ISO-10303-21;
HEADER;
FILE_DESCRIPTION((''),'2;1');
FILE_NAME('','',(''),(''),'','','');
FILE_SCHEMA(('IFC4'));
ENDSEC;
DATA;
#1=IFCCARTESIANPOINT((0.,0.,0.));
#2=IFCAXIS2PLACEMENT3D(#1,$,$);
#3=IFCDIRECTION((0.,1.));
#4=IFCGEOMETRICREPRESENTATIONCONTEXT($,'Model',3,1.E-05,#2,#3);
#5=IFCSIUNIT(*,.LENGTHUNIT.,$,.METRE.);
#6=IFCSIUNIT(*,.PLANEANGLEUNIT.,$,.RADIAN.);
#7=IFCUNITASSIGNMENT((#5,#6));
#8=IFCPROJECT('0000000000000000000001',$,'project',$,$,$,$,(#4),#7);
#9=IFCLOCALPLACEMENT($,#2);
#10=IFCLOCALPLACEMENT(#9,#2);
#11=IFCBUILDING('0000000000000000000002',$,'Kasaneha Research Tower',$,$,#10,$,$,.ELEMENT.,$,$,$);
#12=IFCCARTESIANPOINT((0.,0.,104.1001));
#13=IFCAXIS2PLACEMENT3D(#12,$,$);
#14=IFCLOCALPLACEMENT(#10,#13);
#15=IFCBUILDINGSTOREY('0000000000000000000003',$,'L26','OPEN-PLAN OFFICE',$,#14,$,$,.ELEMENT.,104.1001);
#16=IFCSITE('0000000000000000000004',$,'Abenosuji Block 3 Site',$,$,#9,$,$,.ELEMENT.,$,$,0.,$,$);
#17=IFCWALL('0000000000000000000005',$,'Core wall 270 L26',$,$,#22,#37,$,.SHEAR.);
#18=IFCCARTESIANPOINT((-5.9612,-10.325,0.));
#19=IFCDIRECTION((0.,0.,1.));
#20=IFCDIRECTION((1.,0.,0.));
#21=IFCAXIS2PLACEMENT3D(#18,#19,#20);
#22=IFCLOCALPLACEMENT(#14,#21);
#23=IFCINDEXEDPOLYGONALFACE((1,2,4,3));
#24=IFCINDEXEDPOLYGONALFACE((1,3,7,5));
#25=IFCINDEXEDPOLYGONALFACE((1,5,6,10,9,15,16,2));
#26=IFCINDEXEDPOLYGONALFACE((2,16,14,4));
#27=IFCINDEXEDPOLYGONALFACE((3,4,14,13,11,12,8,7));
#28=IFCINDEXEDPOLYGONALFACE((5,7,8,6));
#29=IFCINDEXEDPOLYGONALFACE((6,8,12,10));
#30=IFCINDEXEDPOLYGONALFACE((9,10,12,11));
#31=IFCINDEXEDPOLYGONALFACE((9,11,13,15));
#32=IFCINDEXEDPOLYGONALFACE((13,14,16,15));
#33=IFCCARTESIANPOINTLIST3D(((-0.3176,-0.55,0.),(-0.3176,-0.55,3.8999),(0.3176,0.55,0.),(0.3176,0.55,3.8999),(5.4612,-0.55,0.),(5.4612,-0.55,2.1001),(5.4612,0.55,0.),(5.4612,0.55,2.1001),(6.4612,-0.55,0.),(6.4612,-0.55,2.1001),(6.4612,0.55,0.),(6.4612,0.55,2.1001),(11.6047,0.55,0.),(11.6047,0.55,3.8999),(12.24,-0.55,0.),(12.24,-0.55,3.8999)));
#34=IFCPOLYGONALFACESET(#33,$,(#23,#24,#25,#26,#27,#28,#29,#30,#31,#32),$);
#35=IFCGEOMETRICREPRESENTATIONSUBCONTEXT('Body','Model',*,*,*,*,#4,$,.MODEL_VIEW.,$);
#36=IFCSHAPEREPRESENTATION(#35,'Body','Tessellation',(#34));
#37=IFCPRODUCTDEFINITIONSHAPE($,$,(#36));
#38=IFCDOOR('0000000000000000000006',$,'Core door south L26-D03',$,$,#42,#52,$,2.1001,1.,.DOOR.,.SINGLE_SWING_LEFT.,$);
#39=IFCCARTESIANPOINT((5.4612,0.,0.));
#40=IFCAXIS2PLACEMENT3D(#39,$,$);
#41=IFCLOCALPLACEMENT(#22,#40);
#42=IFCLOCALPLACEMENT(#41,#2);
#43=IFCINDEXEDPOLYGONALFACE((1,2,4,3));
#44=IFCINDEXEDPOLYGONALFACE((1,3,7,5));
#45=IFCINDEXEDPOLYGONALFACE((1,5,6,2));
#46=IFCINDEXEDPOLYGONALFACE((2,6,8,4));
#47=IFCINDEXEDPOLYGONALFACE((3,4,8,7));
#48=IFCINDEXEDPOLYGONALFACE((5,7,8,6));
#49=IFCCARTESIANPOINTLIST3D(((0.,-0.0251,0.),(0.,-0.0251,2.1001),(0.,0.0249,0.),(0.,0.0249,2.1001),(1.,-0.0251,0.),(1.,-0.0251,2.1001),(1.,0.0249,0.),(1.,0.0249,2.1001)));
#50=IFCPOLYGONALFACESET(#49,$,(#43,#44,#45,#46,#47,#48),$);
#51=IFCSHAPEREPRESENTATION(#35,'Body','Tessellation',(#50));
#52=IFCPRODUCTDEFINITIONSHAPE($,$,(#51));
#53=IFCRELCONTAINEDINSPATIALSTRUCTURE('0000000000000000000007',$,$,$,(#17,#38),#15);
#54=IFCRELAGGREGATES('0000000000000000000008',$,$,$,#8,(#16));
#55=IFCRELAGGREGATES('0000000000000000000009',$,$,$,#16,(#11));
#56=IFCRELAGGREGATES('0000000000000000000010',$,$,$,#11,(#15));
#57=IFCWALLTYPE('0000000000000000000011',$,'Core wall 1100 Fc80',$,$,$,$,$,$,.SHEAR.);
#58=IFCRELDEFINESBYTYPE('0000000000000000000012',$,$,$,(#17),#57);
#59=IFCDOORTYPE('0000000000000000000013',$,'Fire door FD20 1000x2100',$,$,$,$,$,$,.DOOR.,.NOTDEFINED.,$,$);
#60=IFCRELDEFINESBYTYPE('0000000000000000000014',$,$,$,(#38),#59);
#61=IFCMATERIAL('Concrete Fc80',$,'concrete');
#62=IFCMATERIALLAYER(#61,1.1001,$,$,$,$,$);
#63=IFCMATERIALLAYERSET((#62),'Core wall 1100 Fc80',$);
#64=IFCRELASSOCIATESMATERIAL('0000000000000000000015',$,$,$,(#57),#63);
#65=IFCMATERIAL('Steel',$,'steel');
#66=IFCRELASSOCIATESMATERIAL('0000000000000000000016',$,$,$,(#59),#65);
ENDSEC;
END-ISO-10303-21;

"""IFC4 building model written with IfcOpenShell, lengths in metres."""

from ifc_helpers import new_model, si_unit, direction, frame, frame_2d, origin, place, context, subcontext, project, spatial, polyline, rectangle, outline, extrude, material, layer, layer_set, type_object, element, fill, save


model = new_model("IFC4")

# Units and contexts
model_context = context("Model", 3, precision=1e-05, world=origin(), true_north=direction((0.0, 1.0)))
body_context = subcontext(model_context, "Body", "Model", "MODEL_VIEW")
ifc_project = project(units=[si_unit("LENGTHUNIT", "METRE"), si_unit("PLANEANGLEUNIT", "RADIAN")], contexts=[model_context])

# Site, building, storey
site_placement = place(None, origin())
site = spatial("IfcSite", under=ifc_project, at=site_placement, Name="Abenosuji Block 3 Site", CompositionType="ELEMENT", RefElevation=0.0)
building_placement = place(site_placement, origin())
building = spatial("IfcBuilding", under=site, at=building_placement, Name="Kasaneha Research Tower", CompositionType="ELEMENT")
storey_placement = place(building_placement, frame((0.0, 0.0, 104.1001)))
storey = spatial("IfcBuildingStorey", under=building, at=storey_placement, Name="L26", Description="OPEN-PLAN OFFICE", CompositionType="ELEMENT", Elevation=104.1001)

# Wall, opening, door
ifc_material_1 = material(Name="Concrete Fc80", Category="concrete")
ifc_layer_1 = layer(ifc_material_1, 1.1001)
ifc_layer_set_1 = layer_set([ifc_layer_1], Name="Core wall 1100 Fc80")
wall_type_1 = type_object("IfcWallType", Name="Core wall 1100 Fc80", PredefinedType="SHEAR", material=ifc_layer_set_1)
wall_1_placement = place(storey_placement, frame((-5.9612, -10.325, 0.0), z_axis=(0.0, 0.0, 1.0), x_axis=(1.0, 0.0, 0.0)))
wall_1 = element("IfcWall", 1, at=wall_1_placement, inside=storey, type_object=wall_type_1, Name="Core wall 270 L26", PredefinedType="SHEAR", context=body_context, shape_type="SweptSolid", body=[
    extrude(outline(polyline([(-0.3176, -0.55), (5.4612, -0.55), (6.4612, -0.55), (12.24, -0.55), (11.6047, 0.55), (6.4612, 0.55), (5.4612, 0.55), (0.3176, 0.55), (-0.3176, -0.55)])), origin(), (0.0, 0.0, 1.0), 3.8999),
])
opening_1_placement = place(wall_1_placement, frame((5.4612, 0.0, 0.0)))
opening_1 = element("IfcOpeningElement", 2, at=opening_1_placement, cuts=wall_1, PredefinedType="OPENING", context=body_context, shape_type="SweptSolid", body=[
    extrude(rectangle(XDim=1.0, YDim=2.1001, at=frame_2d((0.5, 1.05))), frame((0.0, 0.5601, 0.0), z_axis=(0.0, -1.0, 0.0), x_axis=(1.0, 0.0, 0.0)), (0.0, 0.0, 1.0), 1.1201),
])
ifc_material_2 = material(Name="Steel", Category="steel")
door_type_1 = type_object("IfcDoorType", Name="Fire door FD20 1000x2100", OperationType="NOTDEFINED", PredefinedType="DOOR", material=ifc_material_2)
door_1_placement = place(opening_1_placement, origin())
door_1 = element("IfcDoor", 3, at=door_1_placement, inside=storey, type_object=door_type_1, Name="Core door south L26-D03", OperationType="SINGLE_SWING_LEFT", OverallHeight=2.1001, OverallWidth=1.0, PredefinedType="DOOR", context=body_context, shape_type="SweptSolid", body=[
    extrude(rectangle(XDim=1.0, YDim=2.1001, at=frame_2d((0.5, 1.05))), frame((0.0, 0.0249, 0.0), z_axis=(0.0, -1.0, 0.0), x_axis=(1.0, 0.0, 0.0)), (0.0, 0.0, 1.0), 0.05),
])
fill(opening_1, door_1)

save(model, "model.ifc")
